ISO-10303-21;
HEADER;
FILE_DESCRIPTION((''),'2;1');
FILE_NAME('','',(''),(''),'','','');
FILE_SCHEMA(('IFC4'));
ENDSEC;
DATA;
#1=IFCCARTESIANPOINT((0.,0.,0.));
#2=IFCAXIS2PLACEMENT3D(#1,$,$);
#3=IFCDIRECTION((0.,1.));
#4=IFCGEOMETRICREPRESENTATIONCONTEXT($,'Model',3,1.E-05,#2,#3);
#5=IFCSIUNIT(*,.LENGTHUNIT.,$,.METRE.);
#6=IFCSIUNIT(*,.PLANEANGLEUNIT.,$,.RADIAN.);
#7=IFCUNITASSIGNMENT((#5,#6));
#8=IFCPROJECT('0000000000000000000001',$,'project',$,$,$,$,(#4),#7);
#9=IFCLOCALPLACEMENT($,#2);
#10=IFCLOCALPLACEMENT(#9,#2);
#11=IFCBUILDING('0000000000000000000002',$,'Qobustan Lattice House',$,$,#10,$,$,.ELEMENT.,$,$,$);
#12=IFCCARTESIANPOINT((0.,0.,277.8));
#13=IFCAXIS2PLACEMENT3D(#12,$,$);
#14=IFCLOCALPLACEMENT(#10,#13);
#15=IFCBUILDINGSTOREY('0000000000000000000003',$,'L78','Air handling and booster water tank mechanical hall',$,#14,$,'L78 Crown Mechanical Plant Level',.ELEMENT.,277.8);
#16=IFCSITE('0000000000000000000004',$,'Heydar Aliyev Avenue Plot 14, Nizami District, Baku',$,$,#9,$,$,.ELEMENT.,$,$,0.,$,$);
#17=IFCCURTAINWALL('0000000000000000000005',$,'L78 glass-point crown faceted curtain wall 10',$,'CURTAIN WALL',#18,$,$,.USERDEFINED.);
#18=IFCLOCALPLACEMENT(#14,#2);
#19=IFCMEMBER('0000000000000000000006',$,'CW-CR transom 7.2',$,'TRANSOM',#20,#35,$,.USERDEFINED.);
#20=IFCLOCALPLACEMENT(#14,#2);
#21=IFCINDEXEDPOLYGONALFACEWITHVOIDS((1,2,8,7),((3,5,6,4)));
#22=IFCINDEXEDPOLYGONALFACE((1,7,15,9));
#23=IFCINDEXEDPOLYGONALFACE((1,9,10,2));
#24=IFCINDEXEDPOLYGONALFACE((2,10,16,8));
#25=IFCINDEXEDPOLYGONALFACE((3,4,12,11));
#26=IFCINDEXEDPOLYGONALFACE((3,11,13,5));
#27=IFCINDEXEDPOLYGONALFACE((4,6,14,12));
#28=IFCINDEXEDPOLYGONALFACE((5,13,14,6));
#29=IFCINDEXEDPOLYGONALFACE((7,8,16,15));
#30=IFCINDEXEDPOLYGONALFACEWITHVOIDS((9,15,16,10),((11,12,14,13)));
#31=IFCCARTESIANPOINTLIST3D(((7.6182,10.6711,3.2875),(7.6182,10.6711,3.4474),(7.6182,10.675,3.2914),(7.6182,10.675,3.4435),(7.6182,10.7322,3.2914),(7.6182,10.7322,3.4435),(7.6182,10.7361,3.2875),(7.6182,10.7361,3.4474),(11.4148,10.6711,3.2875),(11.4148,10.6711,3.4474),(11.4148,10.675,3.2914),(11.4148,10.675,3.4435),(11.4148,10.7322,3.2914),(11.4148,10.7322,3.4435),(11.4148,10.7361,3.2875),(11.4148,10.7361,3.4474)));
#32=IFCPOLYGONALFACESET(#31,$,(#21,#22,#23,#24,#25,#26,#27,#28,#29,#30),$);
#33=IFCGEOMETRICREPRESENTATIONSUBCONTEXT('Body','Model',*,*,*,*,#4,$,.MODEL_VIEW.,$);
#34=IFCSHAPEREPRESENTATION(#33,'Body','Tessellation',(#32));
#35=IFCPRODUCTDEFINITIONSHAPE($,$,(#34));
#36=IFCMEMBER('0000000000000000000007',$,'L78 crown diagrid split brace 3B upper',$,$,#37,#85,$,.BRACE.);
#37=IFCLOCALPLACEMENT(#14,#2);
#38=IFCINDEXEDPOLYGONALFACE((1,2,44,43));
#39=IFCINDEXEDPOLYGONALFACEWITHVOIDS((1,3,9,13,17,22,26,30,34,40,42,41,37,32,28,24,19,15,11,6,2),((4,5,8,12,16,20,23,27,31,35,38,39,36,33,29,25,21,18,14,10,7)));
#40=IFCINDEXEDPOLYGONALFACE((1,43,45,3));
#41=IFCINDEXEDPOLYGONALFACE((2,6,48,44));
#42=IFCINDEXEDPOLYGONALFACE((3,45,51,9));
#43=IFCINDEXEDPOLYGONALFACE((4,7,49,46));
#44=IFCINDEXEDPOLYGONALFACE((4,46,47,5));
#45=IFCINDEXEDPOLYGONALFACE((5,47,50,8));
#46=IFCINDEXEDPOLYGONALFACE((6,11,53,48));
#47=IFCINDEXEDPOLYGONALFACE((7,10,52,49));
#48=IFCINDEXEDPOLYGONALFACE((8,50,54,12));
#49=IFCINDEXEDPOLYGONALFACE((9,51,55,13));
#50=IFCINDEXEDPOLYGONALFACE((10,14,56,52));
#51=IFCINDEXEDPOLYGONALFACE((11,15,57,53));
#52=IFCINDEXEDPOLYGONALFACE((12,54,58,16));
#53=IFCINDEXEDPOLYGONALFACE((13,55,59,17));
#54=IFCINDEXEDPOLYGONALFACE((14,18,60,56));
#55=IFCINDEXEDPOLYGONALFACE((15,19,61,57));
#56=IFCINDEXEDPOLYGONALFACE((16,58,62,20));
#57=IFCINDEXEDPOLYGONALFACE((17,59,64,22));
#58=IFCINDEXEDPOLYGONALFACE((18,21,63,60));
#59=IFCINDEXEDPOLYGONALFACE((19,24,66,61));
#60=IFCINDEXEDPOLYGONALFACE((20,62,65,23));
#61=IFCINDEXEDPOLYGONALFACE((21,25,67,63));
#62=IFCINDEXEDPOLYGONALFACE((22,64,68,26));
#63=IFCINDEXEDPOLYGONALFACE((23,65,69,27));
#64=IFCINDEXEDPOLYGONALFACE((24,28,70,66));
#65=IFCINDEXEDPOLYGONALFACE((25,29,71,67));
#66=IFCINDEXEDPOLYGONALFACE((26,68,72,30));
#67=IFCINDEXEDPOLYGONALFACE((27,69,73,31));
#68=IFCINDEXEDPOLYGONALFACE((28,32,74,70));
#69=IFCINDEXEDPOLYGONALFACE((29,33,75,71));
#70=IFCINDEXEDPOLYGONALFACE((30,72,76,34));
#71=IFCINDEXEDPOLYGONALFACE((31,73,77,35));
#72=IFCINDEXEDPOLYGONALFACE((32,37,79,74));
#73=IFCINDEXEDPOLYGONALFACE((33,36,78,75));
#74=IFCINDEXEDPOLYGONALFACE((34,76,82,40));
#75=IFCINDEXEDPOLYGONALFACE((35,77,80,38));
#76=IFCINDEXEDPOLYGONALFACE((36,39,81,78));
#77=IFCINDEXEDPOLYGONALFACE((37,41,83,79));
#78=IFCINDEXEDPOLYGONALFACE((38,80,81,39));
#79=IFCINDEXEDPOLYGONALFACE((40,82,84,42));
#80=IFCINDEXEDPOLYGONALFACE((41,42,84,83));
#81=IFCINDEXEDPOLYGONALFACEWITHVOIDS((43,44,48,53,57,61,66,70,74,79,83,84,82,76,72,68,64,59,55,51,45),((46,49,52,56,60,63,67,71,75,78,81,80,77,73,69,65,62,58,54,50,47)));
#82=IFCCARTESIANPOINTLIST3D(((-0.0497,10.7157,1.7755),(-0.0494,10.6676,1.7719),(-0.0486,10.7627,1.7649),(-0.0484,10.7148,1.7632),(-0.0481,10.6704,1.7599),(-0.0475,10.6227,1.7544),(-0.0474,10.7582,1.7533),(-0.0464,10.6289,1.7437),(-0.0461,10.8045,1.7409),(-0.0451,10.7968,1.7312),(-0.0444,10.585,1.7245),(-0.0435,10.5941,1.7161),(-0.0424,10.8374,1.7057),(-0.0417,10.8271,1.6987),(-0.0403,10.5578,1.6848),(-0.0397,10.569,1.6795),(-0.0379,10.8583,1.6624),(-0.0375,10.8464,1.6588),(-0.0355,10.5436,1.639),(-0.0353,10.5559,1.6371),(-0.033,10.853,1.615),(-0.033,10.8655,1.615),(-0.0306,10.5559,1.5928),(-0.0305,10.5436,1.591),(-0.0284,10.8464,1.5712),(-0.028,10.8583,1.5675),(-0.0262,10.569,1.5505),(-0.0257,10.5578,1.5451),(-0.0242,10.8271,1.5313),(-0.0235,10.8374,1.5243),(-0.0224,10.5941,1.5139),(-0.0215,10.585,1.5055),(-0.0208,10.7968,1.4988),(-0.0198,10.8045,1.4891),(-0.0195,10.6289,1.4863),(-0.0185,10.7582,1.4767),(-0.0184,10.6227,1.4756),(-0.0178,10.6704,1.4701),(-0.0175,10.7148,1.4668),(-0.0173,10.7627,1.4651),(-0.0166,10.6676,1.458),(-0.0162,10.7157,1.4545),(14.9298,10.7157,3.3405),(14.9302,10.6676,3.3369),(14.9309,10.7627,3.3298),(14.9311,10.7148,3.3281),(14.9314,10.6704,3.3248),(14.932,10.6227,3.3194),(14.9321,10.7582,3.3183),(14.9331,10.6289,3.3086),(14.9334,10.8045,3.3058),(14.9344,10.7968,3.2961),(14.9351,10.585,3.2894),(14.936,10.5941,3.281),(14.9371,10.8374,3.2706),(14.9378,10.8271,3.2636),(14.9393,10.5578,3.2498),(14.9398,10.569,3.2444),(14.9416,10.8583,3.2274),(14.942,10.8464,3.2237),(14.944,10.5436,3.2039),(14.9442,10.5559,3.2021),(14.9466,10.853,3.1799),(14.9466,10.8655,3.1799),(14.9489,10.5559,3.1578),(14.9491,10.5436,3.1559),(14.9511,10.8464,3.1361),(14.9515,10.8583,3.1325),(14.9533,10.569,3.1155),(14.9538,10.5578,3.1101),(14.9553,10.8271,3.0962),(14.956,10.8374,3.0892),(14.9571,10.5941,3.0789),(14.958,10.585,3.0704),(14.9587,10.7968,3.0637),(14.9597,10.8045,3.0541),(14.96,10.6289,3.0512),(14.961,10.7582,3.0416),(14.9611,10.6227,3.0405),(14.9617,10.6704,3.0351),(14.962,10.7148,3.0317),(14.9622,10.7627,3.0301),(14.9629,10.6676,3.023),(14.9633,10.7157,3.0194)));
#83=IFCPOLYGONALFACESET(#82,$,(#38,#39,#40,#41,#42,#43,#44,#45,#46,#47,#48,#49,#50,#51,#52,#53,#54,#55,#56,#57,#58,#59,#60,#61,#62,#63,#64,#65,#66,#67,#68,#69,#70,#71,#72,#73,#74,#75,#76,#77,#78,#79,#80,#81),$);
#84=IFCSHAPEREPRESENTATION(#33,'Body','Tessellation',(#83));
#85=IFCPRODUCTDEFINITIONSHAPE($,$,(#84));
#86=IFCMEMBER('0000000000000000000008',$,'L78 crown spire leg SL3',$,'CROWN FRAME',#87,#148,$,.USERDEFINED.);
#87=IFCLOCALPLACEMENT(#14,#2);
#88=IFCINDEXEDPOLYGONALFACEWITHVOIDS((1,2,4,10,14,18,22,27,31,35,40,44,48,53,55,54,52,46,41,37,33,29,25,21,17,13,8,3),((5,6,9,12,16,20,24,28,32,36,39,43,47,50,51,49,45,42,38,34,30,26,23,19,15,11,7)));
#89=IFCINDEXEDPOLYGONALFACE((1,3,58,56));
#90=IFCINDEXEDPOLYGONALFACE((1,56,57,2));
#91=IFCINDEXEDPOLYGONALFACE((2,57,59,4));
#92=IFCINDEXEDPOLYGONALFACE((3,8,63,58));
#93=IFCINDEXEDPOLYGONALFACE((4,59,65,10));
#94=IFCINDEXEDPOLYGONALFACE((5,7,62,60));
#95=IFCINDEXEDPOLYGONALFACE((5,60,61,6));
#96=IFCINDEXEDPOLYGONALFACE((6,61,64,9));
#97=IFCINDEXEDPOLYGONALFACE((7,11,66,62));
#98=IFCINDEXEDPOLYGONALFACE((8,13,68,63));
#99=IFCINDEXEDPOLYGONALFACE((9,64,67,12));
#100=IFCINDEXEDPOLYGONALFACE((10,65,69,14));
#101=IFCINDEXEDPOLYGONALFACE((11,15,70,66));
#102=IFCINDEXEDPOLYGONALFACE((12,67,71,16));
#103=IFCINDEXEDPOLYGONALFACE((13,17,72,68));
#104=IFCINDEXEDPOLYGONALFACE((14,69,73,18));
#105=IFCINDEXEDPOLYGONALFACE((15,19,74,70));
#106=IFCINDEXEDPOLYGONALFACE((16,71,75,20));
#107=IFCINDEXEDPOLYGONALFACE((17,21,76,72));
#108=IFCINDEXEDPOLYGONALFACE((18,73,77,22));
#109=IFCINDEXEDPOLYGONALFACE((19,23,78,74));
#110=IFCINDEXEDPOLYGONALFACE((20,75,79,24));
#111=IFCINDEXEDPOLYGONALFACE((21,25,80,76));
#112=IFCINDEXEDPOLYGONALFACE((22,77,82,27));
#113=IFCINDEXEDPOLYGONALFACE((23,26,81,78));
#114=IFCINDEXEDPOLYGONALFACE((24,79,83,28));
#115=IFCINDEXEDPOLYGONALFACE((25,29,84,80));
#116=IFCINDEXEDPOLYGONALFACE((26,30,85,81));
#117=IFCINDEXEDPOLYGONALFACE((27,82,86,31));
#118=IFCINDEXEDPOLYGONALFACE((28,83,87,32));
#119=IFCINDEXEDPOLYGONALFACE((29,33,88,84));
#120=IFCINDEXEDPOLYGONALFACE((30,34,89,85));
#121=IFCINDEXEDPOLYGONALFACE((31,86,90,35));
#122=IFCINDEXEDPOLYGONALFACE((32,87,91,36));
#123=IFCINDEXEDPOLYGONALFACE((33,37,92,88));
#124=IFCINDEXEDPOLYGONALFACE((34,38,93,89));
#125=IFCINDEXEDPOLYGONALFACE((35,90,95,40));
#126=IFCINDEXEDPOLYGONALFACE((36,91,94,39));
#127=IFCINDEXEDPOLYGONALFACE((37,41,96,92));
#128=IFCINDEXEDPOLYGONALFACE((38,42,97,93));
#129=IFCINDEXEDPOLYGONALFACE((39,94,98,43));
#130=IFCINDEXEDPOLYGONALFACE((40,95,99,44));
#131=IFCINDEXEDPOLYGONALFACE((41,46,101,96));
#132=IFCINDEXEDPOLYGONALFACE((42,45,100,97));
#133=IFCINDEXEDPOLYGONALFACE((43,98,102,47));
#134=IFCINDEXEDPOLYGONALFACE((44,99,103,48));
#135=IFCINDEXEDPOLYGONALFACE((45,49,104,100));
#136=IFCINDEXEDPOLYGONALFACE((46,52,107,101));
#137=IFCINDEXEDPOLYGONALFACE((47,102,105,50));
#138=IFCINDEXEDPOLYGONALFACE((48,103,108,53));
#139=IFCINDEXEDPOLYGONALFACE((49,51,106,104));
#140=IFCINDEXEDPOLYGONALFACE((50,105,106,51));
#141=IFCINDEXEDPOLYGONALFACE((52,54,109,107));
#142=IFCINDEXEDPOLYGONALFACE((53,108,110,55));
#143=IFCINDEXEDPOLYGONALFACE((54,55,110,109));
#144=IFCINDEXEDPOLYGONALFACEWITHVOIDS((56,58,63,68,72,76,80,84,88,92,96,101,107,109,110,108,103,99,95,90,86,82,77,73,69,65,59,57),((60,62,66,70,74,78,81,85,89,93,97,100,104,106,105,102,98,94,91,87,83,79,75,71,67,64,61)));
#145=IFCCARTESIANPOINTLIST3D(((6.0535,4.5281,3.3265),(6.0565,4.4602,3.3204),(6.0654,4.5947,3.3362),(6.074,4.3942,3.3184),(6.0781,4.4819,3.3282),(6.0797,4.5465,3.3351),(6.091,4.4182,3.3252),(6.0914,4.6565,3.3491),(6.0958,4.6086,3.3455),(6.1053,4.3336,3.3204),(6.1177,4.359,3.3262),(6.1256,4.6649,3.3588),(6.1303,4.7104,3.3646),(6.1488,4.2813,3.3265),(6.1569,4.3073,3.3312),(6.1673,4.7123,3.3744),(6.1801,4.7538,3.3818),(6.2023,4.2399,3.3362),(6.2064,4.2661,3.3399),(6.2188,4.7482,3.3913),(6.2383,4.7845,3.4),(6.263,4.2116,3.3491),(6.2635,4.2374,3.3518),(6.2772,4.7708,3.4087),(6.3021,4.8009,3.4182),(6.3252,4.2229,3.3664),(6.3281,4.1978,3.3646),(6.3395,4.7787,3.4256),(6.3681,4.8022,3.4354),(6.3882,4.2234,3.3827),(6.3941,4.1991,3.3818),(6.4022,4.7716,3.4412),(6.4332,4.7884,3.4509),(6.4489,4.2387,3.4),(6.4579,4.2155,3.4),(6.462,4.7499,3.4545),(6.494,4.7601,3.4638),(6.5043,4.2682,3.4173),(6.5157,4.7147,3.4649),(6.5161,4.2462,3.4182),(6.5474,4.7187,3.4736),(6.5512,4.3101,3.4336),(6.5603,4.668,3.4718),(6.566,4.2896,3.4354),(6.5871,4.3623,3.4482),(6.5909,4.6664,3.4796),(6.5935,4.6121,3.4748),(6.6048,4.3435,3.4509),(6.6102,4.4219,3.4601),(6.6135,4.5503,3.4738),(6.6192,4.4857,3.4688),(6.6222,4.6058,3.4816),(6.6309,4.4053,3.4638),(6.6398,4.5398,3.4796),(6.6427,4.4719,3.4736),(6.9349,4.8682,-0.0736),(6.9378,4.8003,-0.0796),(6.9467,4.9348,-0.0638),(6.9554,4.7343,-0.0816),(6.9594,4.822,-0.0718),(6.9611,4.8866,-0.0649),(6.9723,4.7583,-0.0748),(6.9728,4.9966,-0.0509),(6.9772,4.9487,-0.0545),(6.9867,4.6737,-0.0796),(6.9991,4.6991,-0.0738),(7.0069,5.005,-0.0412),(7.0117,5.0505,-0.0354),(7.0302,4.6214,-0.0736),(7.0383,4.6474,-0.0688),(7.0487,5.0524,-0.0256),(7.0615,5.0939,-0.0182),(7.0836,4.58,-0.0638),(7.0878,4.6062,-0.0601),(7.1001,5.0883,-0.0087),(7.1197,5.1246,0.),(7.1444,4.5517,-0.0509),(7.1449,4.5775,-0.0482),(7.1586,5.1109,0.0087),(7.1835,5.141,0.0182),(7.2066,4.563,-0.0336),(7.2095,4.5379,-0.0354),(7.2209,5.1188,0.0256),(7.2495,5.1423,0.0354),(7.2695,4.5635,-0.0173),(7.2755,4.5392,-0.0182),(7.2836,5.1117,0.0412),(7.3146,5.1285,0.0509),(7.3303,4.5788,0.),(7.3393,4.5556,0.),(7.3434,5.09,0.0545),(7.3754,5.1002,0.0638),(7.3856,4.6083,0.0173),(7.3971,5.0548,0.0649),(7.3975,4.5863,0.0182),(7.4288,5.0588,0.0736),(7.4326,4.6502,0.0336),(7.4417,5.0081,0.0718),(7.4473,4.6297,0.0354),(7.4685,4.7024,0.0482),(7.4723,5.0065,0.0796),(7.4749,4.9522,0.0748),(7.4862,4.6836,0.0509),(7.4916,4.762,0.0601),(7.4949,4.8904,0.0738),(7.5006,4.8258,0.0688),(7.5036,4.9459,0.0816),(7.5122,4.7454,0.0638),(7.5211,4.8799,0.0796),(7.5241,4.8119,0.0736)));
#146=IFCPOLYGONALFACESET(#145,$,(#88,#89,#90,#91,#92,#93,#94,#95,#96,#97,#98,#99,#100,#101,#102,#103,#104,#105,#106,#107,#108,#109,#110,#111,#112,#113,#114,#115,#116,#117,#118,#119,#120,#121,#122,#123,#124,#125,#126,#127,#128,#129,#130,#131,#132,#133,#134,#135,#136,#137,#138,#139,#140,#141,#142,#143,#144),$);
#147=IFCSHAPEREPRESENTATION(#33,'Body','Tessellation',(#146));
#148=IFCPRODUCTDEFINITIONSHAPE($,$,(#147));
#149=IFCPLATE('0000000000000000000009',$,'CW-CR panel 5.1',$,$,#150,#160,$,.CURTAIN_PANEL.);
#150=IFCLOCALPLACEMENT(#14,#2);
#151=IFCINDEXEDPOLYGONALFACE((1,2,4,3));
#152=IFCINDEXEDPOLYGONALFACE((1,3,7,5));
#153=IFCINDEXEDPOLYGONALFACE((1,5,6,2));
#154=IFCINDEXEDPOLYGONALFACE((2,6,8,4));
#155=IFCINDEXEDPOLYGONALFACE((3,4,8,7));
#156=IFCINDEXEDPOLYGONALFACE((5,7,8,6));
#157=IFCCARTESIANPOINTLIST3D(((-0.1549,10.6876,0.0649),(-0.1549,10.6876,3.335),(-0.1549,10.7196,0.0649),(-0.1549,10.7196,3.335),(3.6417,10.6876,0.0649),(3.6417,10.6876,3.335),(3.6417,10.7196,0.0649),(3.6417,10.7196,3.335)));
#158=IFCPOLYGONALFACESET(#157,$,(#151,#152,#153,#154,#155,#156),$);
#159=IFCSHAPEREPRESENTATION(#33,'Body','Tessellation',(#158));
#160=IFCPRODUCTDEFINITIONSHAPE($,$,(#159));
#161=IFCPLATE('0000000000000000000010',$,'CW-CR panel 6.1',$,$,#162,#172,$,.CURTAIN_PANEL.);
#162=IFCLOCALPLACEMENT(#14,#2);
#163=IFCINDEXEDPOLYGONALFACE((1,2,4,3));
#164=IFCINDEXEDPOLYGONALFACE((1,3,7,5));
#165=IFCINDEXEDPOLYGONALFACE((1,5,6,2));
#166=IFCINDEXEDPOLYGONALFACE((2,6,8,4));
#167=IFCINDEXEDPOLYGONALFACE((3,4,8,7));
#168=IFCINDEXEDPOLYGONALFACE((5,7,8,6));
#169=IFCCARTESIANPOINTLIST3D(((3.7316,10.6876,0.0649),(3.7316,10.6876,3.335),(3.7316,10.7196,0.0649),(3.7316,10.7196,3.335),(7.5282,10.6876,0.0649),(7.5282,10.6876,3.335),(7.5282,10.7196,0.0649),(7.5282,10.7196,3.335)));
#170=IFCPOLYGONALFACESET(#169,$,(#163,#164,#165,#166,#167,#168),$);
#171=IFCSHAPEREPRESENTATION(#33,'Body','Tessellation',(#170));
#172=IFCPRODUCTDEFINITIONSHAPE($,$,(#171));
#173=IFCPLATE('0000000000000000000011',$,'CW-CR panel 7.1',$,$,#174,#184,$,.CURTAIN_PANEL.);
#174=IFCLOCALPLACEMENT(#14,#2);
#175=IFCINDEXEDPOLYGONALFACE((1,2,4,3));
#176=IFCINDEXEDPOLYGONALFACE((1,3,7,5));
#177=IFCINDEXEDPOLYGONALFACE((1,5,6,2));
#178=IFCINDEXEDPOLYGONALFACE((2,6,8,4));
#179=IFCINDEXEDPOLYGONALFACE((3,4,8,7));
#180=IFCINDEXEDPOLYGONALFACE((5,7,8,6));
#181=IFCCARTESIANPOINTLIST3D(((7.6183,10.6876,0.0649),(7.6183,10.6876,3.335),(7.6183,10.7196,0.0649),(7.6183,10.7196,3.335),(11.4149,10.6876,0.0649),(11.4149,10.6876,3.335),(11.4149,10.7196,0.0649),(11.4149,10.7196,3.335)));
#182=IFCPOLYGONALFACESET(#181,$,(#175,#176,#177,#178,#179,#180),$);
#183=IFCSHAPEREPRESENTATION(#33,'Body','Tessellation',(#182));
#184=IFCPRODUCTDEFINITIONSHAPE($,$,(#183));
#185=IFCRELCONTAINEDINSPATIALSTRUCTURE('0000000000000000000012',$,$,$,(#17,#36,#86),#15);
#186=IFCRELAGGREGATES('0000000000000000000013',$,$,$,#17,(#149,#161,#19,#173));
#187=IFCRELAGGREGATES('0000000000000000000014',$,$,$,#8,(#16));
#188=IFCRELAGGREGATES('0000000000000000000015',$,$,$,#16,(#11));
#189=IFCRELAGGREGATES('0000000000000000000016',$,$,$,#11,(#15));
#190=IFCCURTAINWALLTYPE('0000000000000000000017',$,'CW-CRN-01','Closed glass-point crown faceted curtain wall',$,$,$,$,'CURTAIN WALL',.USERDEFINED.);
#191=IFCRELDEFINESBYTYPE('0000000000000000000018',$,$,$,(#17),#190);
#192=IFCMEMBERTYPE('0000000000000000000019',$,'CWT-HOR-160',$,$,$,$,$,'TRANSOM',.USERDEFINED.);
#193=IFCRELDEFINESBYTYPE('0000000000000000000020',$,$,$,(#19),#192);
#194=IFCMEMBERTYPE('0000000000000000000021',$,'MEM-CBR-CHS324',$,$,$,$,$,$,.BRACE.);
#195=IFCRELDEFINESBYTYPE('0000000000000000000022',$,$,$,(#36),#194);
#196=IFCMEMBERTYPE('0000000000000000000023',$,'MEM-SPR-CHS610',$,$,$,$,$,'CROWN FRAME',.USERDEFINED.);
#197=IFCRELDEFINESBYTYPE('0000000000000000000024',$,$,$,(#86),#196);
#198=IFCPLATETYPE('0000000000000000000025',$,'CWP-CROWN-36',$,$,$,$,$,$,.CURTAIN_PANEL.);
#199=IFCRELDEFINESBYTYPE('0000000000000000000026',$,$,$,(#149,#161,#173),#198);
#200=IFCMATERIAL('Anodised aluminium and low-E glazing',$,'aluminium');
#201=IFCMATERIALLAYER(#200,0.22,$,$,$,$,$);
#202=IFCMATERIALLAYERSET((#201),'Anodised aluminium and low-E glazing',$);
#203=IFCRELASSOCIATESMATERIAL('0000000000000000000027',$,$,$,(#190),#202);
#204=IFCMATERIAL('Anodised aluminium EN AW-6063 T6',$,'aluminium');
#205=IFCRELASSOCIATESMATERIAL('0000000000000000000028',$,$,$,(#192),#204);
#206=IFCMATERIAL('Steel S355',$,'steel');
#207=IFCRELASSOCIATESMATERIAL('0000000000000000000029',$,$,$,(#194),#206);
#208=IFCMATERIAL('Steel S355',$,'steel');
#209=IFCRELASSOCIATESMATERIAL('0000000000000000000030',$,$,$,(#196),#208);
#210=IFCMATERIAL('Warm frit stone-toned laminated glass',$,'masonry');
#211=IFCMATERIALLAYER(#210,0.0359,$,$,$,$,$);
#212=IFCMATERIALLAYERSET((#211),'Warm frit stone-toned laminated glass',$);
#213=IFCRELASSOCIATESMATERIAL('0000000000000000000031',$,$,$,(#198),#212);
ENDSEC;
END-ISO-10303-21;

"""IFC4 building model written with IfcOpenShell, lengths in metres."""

from ifc_helpers import new_model, si_unit, direction, frame, origin, origin_2d, place, context, subcontext, project, spatial, rectangle, hollow_rectangle, hollow_circle, extrude, material, layer, layer_set, material_profile, profile_set, type_object, element, aggregate, save


model = new_model("IFC4")

# Units and contexts
model_context = context("Model", 3, precision=1e-05, world=origin(), true_north=direction((0.0, 1.0)))
body_context = subcontext(model_context, "Body", "Model", "MODEL_VIEW")
ifc_project = project(units=[si_unit("LENGTHUNIT", "METRE"), si_unit("PLANEANGLEUNIT", "RADIAN")], contexts=[model_context])

# Site, building, storey
site_placement = place(None, origin())
site = spatial("IfcSite", under=ifc_project, at=site_placement, Name="Heydar Aliyev Avenue Plot 14, Nizami District, Baku", CompositionType="ELEMENT", RefElevation=0.0)
building_placement = place(site_placement, origin())
building = spatial("IfcBuilding", under=site, at=building_placement, Name="Qobustan Lattice House", CompositionType="ELEMENT")
storey_placement = place(building_placement, frame((0.0, 0.0, 277.8)))
storey = spatial("IfcBuildingStorey", under=building, at=storey_placement, Name="L78", Description="Air handling and booster water tank mechanical hall", LongName="L78 Crown Mechanical Plant Level", CompositionType="ELEMENT", Elevation=277.8)

# Curtain wall, member
ifc_material_1 = material(Name="Anodised aluminium and low-E glazing", Category="aluminium")
ifc_layer_1 = layer(ifc_material_1, 0.22)
ifc_layer_set_1 = layer_set([ifc_layer_1], Name="Anodised aluminium and low-E glazing")
curtain_wall_type = type_object("IfcCurtainWallType", Name="CW-CRN-01", Description="Closed glass-point crown faceted curtain wall", ElementType="CURTAIN WALL", PredefinedType="USERDEFINED", material=ifc_layer_set_1)
curtain_wall_placement = place(storey_placement, origin())
curtain_wall = element("IfcCurtainWall", 1, at=curtain_wall_placement, inside=storey, type_object=curtain_wall_type, Name="L78 glass-point crown faceted curtain wall 10", ObjectType="CURTAIN WALL", PredefinedType="USERDEFINED")
ifc_material_2 = material(Name="Anodised aluminium EN AW-6063 T6", Category="aluminium")
ifc_material_profile_1 = material_profile(ifc_material_2, hollow_rectangle(XDim=0.0649, YDim=0.1599, WallThickness=0.0039, at=origin_2d()), Name="CWT-160x65")
ifc_profile_set_1 = profile_set([ifc_material_profile_1], Name="Anodised aluminium EN AW-6063 T6")
member_type_1 = type_object("IfcMemberType", Name="CWT-HOR-160", ElementType="TRANSOM", PredefinedType="USERDEFINED", material=ifc_profile_set_1)
member_1_placement = place(storey_placement, frame((7.6182, 10.7036, 3.3674), z_axis=(1.0, 0.0, 0.0), x_axis=(0.0, 1.0, 0.0)))
member_1 = element("IfcMember", 2, at=member_1_placement, type_object=member_type_1, Name="CW-CR transom 7.2", ObjectType="TRANSOM", PredefinedType="USERDEFINED", context=body_context, shape_type="SweptSolid", body=[
    extrude(hollow_rectangle(XDim=0.0649, YDim=0.1599, WallThickness=0.0039, at=origin_2d()), origin(), (0.0, 0.0, 1.0), 3.7966),
])

# Members
ifc_material_3 = material(Name="Steel S355", Category="steel")
ifc_material_profile_2 = material_profile(ifc_material_3, hollow_circle(Radius=0.1619, WallThickness=0.0125, at=origin_2d()), Name="CHS323.9x12.5")
ifc_profile_set_2 = profile_set([ifc_material_profile_2], Name="Steel S355")
member_type_2 = type_object("IfcMemberType", Name="MEM-CBR-CHS324", PredefinedType="BRACE", material=ifc_profile_set_2)
member_2_placement = place(storey_placement, frame((-0.033, 10.7036, 1.615), z_axis=(0.994587, 0.0, 0.103907), x_axis=(0.0, 1.0, 0.0)))
element("IfcMember", 3, at=member_2_placement, inside=storey, type_object=member_type_2, Name="L78 crown diagrid split brace 3B upper", PredefinedType="BRACE", context=body_context, shape_type="SweptSolid", body=[
    extrude(hollow_circle(Radius=0.1619, WallThickness=0.0125, at=origin_2d()), origin(), (0.0, 0.0, 1.0), 15.061),
])
ifc_material_4 = material(Name="Steel S355", Category="steel")
ifc_material_profile_3 = material_profile(ifc_material_4, hollow_circle(Radius=0.3049, WallThickness=0.0249, at=origin_2d()), Name="CHS610x25")
ifc_profile_set_3 = profile_set([ifc_material_profile_3], Name="Steel S355")
member_type_3 = type_object("IfcMemberType", Name="MEM-SPR-CHS610", ElementType="CROWN FRAME", PredefinedType="USERDEFINED", material=ifc_profile_set_3)
member_3_placement = place(storey_placement, frame((7.2295, 4.8401, 0.0), z_axis=(-0.249765, -0.096377, 0.963498), x_axis=(0.360001, -0.932952, 0.0)))
element("IfcMember", 4, at=member_3_placement, inside=storey, type_object=member_type_3, Name="L78 crown spire leg SL3", ObjectType="CROWN FRAME", PredefinedType="USERDEFINED", context=body_context, shape_type="SweptSolid", body=[
    extrude(hollow_circle(Radius=0.3049, WallThickness=0.0249, at=origin_2d()), origin(), (0.0, 0.0, 1.0), 3.5288),
])

# Plates
ifc_material_5 = material(Name="Warm frit stone-toned laminated glass", Category="masonry")
ifc_layer_2 = layer(ifc_material_5, 0.0359)
ifc_layer_set_2 = layer_set([ifc_layer_2], Name="Warm frit stone-toned laminated glass")
plate_type_1 = type_object("IfcPlateType", Name="CWP-CROWN-36", PredefinedType="CURTAIN_PANEL", material=ifc_layer_set_2)
plate_1_placement = place(storey_placement, frame((1.7434, 10.7036, 0.0649), z_axis=(0.0, 0.0, 1.0), x_axis=(1.0, 0.0, 0.0)))
plate_1 = element("IfcPlate", 5, at=plate_1_placement, type_object=plate_type_1, Name="CW-CR panel 5.1", PredefinedType="CURTAIN_PANEL", context=body_context, shape_type="SweptSolid", body=[
    extrude(rectangle(XDim=3.7966, YDim=0.032, at=origin_2d()), origin(), (0.0, 0.0, 1.0), 3.27),
])
plate_2_placement = place(storey_placement, frame((5.6299, 10.7036, 0.0649), z_axis=(0.0, 0.0, 1.0), x_axis=(1.0, 0.0, 0.0)))
plate_2 = element("IfcPlate", 6, at=plate_2_placement, type_object=plate_type_1, Name="CW-CR panel 6.1", PredefinedType="CURTAIN_PANEL", context=body_context, shape_type="SweptSolid", body=[
    extrude(rectangle(XDim=3.7966, YDim=0.032, at=origin_2d()), origin(), (0.0, 0.0, 1.0), 3.27),
])
plate_3_placement = place(storey_placement, frame((9.5166, 10.7036, 0.0649), z_axis=(0.0, 0.0, 1.0), x_axis=(1.0, 0.0, 0.0)))
plate_3 = element("IfcPlate", 7, at=plate_3_placement, type_object=plate_type_1, Name="CW-CR panel 7.1", PredefinedType="CURTAIN_PANEL", context=body_context, shape_type="SweptSolid", body=[
    extrude(rectangle(XDim=3.7966, YDim=0.032, at=origin_2d()), origin(), (0.0, 0.0, 1.0), 3.27),
])
aggregate(curtain_wall, [plate_1, plate_2, member_1, plate_3])

save(model, "model.ifc")
